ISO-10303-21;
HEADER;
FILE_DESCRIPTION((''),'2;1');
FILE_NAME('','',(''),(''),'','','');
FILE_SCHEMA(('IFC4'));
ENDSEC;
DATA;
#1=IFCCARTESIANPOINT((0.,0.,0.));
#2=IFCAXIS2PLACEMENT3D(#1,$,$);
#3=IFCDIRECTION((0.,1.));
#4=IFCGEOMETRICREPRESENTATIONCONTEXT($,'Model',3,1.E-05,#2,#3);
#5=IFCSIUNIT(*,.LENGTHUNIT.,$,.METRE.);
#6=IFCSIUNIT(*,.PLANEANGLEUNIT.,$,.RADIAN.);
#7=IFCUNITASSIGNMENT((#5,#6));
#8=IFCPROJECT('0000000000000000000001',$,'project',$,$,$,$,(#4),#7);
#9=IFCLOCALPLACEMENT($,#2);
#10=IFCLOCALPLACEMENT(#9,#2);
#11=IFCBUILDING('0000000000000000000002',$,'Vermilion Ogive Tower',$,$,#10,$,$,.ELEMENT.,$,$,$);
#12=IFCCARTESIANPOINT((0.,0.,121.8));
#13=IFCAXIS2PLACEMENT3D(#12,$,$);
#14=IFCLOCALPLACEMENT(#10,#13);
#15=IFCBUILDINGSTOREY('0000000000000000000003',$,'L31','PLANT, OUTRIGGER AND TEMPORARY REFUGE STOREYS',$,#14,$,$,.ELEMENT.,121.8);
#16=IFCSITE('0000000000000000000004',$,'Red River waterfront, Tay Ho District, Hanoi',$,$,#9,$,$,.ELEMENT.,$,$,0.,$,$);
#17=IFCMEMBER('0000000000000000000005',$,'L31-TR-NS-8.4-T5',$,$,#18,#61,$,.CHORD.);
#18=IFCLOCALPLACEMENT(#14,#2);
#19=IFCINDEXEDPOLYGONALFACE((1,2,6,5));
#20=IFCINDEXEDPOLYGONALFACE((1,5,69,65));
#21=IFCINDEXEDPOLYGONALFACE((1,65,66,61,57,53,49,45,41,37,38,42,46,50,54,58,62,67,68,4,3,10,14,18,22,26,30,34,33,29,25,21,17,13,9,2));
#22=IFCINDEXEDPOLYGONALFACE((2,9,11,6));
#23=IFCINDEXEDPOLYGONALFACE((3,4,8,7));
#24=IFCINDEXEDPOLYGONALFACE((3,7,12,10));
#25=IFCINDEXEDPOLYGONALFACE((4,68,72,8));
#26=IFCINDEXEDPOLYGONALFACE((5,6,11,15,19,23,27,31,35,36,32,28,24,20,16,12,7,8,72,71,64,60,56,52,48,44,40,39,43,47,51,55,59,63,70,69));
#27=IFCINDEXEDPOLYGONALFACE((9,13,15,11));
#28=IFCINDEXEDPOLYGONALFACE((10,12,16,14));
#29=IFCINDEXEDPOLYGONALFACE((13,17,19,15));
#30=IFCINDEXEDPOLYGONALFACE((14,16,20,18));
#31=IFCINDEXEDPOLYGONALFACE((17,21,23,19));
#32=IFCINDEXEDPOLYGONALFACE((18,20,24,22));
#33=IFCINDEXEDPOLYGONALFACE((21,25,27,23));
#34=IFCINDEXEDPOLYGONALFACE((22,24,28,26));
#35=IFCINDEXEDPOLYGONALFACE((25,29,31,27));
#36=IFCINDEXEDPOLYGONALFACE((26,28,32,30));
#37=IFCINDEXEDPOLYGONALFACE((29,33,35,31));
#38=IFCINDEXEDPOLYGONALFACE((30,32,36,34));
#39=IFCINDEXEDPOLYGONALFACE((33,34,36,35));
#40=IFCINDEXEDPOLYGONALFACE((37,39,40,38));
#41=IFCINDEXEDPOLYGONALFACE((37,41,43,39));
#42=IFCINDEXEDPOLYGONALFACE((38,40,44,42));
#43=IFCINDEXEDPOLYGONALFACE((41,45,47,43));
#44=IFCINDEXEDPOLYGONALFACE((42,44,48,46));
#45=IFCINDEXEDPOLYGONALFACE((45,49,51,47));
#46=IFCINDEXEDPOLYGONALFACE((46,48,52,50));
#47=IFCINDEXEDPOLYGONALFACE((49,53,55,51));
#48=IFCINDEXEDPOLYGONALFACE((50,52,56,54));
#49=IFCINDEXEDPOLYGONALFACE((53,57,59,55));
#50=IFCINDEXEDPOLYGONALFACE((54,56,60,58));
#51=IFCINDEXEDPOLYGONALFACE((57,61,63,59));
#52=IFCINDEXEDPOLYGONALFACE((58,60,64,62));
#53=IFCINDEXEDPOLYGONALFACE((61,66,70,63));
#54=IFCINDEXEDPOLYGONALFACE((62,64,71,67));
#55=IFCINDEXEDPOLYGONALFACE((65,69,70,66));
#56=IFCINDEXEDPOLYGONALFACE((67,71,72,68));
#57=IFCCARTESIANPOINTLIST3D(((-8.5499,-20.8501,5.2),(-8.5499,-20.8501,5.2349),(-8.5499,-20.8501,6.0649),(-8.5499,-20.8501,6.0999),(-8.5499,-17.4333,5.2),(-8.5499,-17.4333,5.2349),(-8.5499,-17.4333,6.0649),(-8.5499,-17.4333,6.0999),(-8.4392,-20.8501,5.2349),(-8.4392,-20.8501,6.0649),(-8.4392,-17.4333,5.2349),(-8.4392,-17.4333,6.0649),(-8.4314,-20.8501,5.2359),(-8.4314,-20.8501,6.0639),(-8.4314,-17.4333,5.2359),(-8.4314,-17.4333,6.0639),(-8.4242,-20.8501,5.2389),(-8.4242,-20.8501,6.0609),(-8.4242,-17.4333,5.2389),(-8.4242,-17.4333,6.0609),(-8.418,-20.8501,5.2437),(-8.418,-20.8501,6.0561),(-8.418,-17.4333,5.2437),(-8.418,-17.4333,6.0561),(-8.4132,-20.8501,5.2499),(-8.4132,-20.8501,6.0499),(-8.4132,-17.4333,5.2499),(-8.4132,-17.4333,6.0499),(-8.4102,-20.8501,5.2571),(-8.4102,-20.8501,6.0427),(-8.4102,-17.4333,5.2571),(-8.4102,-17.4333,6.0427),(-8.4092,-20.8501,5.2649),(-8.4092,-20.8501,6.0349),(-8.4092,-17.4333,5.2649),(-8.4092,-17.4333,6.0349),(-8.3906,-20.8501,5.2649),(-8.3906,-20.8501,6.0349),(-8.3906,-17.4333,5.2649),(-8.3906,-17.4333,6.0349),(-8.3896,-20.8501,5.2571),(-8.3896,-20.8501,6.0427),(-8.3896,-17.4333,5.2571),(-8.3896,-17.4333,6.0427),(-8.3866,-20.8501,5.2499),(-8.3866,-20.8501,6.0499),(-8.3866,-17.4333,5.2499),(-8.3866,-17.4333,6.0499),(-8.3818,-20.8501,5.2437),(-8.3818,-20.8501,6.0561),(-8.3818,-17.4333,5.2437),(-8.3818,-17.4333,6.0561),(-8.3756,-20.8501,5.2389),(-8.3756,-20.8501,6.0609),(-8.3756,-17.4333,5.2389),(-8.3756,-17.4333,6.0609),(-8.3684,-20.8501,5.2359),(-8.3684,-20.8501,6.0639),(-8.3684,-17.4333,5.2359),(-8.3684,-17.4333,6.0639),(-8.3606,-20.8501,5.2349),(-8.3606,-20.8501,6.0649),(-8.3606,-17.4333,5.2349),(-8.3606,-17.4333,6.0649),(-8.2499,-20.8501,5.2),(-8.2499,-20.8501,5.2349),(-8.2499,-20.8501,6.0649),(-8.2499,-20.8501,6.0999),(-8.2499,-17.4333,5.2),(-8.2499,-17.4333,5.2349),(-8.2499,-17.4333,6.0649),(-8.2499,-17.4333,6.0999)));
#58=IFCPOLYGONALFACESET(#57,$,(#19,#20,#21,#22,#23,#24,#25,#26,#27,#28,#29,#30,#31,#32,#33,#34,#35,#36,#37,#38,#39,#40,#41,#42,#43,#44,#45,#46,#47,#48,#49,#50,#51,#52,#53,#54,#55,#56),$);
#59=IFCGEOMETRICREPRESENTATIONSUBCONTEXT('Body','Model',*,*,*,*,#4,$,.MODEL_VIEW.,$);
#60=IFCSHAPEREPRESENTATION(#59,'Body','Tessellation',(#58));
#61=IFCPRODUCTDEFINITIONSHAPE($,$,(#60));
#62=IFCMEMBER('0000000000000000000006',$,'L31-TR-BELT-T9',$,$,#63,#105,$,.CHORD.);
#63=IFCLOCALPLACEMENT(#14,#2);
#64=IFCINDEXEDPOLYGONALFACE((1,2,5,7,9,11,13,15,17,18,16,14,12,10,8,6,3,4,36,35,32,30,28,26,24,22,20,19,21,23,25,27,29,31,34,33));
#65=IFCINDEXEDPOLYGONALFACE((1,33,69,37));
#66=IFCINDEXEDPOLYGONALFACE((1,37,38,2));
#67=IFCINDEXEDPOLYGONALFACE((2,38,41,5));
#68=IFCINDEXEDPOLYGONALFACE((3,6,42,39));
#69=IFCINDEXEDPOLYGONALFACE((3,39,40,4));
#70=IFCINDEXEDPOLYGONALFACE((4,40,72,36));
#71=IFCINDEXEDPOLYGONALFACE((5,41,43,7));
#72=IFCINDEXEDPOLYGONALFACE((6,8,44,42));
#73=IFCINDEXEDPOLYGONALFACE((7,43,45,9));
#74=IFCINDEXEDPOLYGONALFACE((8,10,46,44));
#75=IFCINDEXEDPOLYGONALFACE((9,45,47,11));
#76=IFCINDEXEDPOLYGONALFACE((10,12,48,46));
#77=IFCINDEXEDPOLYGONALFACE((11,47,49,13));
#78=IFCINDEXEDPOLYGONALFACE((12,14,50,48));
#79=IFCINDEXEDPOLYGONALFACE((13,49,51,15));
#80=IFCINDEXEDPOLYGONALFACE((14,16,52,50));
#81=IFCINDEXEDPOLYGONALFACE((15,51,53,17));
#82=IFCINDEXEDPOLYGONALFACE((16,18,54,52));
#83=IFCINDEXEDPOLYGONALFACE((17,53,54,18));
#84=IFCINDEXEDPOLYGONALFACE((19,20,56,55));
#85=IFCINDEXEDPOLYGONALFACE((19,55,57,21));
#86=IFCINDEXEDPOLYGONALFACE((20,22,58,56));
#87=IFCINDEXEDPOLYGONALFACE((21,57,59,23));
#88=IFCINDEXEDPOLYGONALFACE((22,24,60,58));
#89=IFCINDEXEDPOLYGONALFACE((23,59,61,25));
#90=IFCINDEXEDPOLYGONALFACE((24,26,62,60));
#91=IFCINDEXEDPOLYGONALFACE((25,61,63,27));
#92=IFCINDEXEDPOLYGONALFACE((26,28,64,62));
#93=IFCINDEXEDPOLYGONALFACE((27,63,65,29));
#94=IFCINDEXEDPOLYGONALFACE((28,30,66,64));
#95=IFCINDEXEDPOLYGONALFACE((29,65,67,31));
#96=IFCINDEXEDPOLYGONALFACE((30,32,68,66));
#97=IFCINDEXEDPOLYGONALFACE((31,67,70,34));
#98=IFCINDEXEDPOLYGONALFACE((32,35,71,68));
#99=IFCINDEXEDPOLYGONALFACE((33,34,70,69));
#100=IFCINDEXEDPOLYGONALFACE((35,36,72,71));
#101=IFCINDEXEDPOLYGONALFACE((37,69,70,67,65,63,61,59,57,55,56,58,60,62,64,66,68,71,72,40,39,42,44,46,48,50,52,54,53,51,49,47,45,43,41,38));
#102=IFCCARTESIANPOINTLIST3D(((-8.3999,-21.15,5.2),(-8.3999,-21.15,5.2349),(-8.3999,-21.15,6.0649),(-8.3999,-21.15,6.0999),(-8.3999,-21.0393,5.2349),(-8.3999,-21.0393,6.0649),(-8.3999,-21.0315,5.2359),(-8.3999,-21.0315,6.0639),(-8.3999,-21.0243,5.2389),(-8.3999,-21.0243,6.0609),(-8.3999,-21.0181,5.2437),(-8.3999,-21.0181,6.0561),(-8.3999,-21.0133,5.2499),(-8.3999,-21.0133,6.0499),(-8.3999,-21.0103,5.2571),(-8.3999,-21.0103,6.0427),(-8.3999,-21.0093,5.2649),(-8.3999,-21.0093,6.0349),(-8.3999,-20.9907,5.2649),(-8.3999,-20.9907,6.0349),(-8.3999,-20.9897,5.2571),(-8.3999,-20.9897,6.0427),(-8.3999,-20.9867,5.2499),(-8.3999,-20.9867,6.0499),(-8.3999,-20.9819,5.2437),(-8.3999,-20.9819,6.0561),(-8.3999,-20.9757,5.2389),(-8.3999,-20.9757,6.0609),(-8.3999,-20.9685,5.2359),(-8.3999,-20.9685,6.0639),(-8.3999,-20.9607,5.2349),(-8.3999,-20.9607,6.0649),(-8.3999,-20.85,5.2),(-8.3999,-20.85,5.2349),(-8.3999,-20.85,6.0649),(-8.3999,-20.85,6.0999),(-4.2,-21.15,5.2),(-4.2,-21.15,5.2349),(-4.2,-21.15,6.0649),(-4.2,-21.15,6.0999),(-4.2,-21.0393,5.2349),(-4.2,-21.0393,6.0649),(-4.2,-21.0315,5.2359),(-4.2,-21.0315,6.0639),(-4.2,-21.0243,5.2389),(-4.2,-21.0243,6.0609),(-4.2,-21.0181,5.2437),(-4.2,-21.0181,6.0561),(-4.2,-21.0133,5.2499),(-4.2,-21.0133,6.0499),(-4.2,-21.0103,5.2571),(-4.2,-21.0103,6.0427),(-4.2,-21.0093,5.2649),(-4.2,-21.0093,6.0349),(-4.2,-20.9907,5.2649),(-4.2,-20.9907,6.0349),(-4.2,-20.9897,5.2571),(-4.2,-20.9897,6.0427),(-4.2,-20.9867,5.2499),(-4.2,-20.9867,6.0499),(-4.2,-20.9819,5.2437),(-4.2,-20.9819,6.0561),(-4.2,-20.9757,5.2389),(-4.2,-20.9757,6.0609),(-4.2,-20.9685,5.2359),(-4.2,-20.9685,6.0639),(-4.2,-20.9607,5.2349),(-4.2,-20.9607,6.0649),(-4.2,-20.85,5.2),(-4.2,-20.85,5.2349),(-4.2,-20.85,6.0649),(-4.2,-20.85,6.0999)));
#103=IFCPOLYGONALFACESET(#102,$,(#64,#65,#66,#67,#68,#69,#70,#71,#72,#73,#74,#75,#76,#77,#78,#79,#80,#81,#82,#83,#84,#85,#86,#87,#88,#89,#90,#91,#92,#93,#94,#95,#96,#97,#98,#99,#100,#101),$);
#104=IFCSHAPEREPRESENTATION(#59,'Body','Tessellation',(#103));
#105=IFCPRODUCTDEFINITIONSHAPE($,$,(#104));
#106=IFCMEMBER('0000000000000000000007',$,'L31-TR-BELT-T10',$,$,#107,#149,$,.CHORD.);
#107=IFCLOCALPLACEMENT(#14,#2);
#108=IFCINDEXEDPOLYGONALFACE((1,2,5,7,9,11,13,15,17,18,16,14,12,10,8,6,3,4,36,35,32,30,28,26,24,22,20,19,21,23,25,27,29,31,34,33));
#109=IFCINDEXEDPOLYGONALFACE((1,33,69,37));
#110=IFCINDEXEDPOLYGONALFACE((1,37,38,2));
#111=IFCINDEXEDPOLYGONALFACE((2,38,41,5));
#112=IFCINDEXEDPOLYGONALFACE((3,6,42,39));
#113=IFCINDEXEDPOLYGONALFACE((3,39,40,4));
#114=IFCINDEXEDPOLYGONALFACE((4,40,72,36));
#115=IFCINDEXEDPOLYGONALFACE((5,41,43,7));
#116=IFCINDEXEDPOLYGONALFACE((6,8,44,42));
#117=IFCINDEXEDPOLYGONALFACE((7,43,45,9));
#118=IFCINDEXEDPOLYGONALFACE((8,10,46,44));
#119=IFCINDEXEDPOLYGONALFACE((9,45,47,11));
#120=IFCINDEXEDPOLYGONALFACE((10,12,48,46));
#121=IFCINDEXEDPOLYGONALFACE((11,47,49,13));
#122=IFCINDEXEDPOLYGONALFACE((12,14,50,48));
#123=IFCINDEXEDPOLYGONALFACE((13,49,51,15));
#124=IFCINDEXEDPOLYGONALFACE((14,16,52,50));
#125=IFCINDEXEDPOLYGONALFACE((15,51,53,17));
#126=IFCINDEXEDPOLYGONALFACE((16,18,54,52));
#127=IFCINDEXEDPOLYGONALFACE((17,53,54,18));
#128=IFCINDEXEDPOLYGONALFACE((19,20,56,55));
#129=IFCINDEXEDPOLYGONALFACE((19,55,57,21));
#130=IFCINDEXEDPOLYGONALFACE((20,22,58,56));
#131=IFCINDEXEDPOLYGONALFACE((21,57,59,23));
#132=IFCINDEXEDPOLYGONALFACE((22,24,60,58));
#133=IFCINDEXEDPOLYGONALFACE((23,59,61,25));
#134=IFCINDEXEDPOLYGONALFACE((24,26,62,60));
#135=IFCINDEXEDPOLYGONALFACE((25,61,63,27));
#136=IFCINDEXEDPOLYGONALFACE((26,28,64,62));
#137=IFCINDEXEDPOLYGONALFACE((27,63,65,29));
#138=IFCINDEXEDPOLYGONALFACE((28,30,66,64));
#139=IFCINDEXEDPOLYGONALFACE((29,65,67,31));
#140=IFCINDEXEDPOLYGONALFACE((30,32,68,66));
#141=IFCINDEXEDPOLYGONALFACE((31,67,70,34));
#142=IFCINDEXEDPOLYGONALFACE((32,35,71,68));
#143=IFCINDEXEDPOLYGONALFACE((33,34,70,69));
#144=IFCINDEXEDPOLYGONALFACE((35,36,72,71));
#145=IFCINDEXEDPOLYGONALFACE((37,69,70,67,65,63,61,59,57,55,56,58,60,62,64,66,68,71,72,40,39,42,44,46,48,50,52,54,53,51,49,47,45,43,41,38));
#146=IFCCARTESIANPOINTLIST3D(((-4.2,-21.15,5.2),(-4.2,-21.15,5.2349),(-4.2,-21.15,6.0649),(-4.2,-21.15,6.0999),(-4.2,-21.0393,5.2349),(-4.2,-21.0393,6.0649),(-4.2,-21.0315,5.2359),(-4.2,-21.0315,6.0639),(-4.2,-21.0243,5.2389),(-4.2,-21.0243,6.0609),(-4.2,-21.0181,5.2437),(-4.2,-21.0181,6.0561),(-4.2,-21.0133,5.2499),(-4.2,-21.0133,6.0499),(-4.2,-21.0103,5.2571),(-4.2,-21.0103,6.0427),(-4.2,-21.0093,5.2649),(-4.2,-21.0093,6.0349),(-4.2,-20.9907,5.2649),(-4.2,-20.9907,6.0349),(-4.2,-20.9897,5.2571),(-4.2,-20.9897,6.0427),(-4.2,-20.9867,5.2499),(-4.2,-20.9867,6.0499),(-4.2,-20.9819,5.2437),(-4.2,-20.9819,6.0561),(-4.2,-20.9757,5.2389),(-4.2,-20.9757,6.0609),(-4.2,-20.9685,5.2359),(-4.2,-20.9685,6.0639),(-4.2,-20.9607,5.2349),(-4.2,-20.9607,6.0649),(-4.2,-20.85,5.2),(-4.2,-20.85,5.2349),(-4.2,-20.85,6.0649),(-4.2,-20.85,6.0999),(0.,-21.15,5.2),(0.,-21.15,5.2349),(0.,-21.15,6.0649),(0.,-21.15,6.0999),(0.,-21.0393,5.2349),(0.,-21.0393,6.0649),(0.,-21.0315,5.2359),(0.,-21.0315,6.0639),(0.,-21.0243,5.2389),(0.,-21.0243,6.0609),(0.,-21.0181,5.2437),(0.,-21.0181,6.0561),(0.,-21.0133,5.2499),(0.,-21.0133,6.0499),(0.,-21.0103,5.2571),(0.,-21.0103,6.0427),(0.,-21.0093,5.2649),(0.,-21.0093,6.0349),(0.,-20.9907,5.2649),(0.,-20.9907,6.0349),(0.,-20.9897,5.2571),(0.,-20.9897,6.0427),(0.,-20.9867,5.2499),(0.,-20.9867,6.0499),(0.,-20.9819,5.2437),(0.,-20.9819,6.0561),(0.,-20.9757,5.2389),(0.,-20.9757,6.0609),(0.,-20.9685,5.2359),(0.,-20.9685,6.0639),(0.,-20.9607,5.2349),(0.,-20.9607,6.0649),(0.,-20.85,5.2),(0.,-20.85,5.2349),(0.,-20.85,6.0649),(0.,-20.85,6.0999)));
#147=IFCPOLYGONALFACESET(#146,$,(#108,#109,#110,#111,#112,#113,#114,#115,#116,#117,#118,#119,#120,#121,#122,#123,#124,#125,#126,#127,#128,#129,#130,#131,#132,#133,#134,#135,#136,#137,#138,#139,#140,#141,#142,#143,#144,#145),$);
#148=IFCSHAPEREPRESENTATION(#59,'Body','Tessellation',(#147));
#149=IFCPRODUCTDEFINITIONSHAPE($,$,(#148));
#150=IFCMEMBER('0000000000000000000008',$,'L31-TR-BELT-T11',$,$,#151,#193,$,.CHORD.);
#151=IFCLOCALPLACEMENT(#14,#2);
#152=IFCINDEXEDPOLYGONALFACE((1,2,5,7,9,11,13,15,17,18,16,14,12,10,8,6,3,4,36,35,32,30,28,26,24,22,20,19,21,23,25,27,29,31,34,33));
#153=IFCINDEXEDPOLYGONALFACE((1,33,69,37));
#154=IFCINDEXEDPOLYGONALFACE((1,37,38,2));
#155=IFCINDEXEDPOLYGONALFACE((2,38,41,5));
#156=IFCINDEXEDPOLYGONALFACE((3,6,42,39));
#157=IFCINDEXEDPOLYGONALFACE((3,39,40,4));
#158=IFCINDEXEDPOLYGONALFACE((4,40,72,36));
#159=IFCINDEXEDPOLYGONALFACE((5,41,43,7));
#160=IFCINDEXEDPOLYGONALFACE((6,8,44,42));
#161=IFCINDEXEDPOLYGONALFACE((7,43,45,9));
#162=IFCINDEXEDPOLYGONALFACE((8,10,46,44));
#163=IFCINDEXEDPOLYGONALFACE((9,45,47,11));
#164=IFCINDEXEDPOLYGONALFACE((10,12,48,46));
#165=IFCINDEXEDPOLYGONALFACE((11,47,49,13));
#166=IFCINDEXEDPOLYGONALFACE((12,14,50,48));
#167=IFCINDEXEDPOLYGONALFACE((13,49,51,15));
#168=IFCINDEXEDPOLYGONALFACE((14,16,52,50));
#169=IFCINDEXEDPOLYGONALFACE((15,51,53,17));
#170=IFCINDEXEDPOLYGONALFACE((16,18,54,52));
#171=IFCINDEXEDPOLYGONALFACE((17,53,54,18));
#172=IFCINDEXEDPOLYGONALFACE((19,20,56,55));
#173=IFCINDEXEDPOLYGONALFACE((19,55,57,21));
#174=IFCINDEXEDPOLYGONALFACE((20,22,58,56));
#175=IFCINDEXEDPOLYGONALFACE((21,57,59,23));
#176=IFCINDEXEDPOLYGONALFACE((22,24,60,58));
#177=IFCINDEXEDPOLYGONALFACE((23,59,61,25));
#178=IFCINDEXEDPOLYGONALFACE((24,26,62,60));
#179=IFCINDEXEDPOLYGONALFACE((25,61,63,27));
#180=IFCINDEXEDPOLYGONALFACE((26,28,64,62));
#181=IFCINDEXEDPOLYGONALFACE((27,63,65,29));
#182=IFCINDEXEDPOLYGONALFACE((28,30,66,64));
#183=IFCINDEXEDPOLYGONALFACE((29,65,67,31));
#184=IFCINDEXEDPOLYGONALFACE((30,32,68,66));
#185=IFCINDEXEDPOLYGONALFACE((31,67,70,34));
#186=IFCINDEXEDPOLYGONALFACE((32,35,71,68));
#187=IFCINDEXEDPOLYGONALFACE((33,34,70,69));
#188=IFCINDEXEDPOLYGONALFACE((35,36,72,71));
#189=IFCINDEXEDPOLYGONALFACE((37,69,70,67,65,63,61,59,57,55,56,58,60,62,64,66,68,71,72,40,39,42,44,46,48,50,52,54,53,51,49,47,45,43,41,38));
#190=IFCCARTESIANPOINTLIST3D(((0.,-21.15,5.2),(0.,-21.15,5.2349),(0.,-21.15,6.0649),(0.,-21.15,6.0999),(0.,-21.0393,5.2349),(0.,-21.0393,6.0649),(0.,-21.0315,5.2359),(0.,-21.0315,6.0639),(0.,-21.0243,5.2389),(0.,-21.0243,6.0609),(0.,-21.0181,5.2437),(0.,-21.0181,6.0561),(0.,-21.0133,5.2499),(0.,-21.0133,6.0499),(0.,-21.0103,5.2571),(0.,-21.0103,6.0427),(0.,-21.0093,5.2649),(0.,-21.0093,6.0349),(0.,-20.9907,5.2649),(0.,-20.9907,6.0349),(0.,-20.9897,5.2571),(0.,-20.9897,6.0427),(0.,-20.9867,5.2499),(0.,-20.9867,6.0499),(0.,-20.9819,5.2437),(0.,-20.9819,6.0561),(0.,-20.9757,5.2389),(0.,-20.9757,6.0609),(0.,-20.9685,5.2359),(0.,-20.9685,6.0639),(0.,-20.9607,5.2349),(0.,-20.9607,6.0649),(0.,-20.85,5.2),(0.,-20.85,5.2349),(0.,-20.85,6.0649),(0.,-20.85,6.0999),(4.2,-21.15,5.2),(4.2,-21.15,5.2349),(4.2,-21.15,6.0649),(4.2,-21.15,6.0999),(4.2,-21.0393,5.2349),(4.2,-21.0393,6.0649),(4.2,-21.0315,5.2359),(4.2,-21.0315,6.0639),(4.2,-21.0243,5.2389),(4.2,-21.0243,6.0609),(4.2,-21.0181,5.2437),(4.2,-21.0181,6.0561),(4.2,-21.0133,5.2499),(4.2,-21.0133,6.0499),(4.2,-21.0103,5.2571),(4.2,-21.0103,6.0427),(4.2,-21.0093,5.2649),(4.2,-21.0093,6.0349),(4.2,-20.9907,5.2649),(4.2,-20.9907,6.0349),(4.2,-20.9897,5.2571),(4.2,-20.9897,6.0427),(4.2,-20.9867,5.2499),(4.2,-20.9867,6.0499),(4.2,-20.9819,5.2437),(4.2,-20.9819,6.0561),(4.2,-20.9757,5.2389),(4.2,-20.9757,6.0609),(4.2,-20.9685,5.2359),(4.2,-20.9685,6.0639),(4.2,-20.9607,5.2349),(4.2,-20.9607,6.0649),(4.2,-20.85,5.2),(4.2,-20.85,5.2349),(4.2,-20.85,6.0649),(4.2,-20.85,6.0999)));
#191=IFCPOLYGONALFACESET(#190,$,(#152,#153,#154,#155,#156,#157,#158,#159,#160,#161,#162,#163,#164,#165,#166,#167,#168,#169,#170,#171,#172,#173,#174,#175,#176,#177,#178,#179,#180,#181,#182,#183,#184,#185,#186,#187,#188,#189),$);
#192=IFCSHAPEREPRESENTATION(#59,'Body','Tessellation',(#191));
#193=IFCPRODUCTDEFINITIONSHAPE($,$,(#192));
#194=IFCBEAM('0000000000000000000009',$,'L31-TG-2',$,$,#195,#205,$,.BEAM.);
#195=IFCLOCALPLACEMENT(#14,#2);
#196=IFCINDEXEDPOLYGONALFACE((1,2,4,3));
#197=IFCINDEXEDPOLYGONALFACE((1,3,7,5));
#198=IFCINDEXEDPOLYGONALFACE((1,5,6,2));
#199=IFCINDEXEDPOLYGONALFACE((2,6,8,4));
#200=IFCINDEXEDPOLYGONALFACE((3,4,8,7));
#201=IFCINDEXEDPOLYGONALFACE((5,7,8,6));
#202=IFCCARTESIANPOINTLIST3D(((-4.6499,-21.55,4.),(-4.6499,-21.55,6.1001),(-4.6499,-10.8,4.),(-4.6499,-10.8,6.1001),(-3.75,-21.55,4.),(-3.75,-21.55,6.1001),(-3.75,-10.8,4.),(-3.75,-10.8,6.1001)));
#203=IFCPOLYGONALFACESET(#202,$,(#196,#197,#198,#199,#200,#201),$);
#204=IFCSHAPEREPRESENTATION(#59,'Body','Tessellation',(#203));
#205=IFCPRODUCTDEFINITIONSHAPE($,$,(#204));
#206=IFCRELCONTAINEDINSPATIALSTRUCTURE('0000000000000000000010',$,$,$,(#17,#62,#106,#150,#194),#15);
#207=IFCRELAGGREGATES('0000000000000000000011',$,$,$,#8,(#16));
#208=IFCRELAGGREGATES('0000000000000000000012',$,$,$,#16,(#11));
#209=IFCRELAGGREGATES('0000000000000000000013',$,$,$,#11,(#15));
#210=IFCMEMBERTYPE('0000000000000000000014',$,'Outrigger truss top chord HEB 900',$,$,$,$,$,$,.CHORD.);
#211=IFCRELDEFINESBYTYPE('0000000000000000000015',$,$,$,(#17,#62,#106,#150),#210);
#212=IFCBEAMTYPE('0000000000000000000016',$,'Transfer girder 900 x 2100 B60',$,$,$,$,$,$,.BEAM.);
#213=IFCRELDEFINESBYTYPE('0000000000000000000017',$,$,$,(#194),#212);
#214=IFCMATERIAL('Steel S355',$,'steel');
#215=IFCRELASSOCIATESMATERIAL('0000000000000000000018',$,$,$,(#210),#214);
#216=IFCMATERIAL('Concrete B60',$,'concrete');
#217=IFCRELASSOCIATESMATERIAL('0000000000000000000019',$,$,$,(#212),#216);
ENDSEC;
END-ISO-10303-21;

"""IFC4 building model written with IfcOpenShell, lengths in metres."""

from ifc_helpers import new_model, si_unit, direction, frame, origin, origin_2d, place, context, subcontext, project, spatial, rectangle, i_section, extrude, material, material_profile, profile_set, type_object, element, save


model = new_model("IFC4")

# Units and contexts
model_context = context("Model", 3, precision=1e-05, world=origin(), true_north=direction((0.0, 1.0)))
body_context = subcontext(model_context, "Body", "Model", "MODEL_VIEW")
ifc_project = project(units=[si_unit("LENGTHUNIT", "METRE"), si_unit("PLANEANGLEUNIT", "RADIAN")], contexts=[model_context])

# Site, building, storey
site_placement = place(None, origin())
site = spatial("IfcSite", under=ifc_project, at=site_placement, Name="Red River waterfront, Tay Ho District, Hanoi", CompositionType="ELEMENT", RefElevation=0.0)
building_placement = place(site_placement, origin())
building = spatial("IfcBuilding", under=site, at=building_placement, Name="Vermilion Ogive Tower", CompositionType="ELEMENT")
storey_placement = place(building_placement, frame((0.0, 0.0, 121.8)))
storey = spatial("IfcBuildingStorey", under=building, at=storey_placement, Name="L31", Description="PLANT, OUTRIGGER AND TEMPORARY REFUGE STOREYS", CompositionType="ELEMENT", Elevation=121.8)

# Members
ifc_material_1 = material(Name="Steel S355", Category="steel")
ifc_material_profile_1 = material_profile(ifc_material_1, i_section(OverallWidth=0.3, OverallDepth=0.8999, WebThickness=0.0186, FlangeThickness=0.0349, FilletRadius=0.03, at=origin_2d()), Name="HEB 900")
ifc_profile_set_1 = profile_set([ifc_material_profile_1], Name="Steel S355")
member_type_1 = type_object("IfcMemberType", Name="Outrigger truss top chord HEB 900", PredefinedType="CHORD", material=ifc_profile_set_1)
member_1_placement = place(storey_placement, frame((-8.3999, -17.4333, 5.6499), z_axis=(0.0, -1.0, 0.0), x_axis=(1.0, 0.0, 0.0)))
element("IfcMember", 1, at=member_1_placement, inside=storey, type_object=member_type_1, Name="L31-TR-NS-8.4-T5", PredefinedType="CHORD", context=body_context, shape_type="SweptSolid", body=[
    extrude(i_section(OverallWidth=0.3, OverallDepth=0.8999, WebThickness=0.0186, FlangeThickness=0.0349, FilletRadius=0.03, at=origin_2d()), origin(), (0.0, 0.0, 1.0), 3.4167),
])
for number, where, z_axis, x_axis, name in (
    (2, (-8.3999, -21.0, 5.6499), (1.0, 0.0, 0.0), (0.0, 1.0, 0.0), "L31-TR-BELT-T9"),
    (3, (-4.2, -21.0, 5.6499), (1.0, 0.0, 0.0), (0.0, 1.0, 0.0), "L31-TR-BELT-T10"),
    (4, (0.0, -21.0, 5.6499), (1.0, 0.0, 0.0), (0.0, 1.0, 0.0), "L31-TR-BELT-T11"),
):
    element("IfcMember", number, at=place(storey_placement, frame(where, z_axis=z_axis, x_axis=x_axis)), inside=storey, type_object=member_type_1, Name=name, PredefinedType="CHORD", context=body_context, shape_type="SweptSolid", body=[
        extrude(i_section(OverallWidth=0.3, OverallDepth=0.8999, WebThickness=0.0186, FlangeThickness=0.0349, FilletRadius=0.03, at=origin_2d()), origin(), (0.0, 0.0, 1.0), 4.2),
    ])

# Beam
ifc_material_2 = material(Name="Concrete B60", Category="concrete")
ifc_material_profile_2 = material_profile(ifc_material_2, rectangle(XDim=0.8999, YDim=2.1001, at=origin_2d()), Name="900 x 2100")
ifc_profile_set_2 = profile_set([ifc_material_profile_2], Name="Concrete B60")
beam_type = type_object("IfcBeamType", Name="Transfer girder 900 x 2100 B60", PredefinedType="BEAM", material=ifc_profile_set_2)
beam_placement = place(storey_placement, frame((-4.2, -21.55, 5.05), z_axis=(0.0, 1.0, 0.0), x_axis=(-1.0, 0.0, 0.0)))
element("IfcBeam", 5, at=beam_placement, inside=storey, type_object=beam_type, Name="L31-TG-2", PredefinedType="BEAM", context=body_context, shape_type="SweptSolid", body=[
    extrude(rectangle(XDim=0.8999, YDim=2.1001, at=origin_2d()), origin(), (0.0, 0.0, 1.0), 10.75),
])

save(model, "model.ifc")
